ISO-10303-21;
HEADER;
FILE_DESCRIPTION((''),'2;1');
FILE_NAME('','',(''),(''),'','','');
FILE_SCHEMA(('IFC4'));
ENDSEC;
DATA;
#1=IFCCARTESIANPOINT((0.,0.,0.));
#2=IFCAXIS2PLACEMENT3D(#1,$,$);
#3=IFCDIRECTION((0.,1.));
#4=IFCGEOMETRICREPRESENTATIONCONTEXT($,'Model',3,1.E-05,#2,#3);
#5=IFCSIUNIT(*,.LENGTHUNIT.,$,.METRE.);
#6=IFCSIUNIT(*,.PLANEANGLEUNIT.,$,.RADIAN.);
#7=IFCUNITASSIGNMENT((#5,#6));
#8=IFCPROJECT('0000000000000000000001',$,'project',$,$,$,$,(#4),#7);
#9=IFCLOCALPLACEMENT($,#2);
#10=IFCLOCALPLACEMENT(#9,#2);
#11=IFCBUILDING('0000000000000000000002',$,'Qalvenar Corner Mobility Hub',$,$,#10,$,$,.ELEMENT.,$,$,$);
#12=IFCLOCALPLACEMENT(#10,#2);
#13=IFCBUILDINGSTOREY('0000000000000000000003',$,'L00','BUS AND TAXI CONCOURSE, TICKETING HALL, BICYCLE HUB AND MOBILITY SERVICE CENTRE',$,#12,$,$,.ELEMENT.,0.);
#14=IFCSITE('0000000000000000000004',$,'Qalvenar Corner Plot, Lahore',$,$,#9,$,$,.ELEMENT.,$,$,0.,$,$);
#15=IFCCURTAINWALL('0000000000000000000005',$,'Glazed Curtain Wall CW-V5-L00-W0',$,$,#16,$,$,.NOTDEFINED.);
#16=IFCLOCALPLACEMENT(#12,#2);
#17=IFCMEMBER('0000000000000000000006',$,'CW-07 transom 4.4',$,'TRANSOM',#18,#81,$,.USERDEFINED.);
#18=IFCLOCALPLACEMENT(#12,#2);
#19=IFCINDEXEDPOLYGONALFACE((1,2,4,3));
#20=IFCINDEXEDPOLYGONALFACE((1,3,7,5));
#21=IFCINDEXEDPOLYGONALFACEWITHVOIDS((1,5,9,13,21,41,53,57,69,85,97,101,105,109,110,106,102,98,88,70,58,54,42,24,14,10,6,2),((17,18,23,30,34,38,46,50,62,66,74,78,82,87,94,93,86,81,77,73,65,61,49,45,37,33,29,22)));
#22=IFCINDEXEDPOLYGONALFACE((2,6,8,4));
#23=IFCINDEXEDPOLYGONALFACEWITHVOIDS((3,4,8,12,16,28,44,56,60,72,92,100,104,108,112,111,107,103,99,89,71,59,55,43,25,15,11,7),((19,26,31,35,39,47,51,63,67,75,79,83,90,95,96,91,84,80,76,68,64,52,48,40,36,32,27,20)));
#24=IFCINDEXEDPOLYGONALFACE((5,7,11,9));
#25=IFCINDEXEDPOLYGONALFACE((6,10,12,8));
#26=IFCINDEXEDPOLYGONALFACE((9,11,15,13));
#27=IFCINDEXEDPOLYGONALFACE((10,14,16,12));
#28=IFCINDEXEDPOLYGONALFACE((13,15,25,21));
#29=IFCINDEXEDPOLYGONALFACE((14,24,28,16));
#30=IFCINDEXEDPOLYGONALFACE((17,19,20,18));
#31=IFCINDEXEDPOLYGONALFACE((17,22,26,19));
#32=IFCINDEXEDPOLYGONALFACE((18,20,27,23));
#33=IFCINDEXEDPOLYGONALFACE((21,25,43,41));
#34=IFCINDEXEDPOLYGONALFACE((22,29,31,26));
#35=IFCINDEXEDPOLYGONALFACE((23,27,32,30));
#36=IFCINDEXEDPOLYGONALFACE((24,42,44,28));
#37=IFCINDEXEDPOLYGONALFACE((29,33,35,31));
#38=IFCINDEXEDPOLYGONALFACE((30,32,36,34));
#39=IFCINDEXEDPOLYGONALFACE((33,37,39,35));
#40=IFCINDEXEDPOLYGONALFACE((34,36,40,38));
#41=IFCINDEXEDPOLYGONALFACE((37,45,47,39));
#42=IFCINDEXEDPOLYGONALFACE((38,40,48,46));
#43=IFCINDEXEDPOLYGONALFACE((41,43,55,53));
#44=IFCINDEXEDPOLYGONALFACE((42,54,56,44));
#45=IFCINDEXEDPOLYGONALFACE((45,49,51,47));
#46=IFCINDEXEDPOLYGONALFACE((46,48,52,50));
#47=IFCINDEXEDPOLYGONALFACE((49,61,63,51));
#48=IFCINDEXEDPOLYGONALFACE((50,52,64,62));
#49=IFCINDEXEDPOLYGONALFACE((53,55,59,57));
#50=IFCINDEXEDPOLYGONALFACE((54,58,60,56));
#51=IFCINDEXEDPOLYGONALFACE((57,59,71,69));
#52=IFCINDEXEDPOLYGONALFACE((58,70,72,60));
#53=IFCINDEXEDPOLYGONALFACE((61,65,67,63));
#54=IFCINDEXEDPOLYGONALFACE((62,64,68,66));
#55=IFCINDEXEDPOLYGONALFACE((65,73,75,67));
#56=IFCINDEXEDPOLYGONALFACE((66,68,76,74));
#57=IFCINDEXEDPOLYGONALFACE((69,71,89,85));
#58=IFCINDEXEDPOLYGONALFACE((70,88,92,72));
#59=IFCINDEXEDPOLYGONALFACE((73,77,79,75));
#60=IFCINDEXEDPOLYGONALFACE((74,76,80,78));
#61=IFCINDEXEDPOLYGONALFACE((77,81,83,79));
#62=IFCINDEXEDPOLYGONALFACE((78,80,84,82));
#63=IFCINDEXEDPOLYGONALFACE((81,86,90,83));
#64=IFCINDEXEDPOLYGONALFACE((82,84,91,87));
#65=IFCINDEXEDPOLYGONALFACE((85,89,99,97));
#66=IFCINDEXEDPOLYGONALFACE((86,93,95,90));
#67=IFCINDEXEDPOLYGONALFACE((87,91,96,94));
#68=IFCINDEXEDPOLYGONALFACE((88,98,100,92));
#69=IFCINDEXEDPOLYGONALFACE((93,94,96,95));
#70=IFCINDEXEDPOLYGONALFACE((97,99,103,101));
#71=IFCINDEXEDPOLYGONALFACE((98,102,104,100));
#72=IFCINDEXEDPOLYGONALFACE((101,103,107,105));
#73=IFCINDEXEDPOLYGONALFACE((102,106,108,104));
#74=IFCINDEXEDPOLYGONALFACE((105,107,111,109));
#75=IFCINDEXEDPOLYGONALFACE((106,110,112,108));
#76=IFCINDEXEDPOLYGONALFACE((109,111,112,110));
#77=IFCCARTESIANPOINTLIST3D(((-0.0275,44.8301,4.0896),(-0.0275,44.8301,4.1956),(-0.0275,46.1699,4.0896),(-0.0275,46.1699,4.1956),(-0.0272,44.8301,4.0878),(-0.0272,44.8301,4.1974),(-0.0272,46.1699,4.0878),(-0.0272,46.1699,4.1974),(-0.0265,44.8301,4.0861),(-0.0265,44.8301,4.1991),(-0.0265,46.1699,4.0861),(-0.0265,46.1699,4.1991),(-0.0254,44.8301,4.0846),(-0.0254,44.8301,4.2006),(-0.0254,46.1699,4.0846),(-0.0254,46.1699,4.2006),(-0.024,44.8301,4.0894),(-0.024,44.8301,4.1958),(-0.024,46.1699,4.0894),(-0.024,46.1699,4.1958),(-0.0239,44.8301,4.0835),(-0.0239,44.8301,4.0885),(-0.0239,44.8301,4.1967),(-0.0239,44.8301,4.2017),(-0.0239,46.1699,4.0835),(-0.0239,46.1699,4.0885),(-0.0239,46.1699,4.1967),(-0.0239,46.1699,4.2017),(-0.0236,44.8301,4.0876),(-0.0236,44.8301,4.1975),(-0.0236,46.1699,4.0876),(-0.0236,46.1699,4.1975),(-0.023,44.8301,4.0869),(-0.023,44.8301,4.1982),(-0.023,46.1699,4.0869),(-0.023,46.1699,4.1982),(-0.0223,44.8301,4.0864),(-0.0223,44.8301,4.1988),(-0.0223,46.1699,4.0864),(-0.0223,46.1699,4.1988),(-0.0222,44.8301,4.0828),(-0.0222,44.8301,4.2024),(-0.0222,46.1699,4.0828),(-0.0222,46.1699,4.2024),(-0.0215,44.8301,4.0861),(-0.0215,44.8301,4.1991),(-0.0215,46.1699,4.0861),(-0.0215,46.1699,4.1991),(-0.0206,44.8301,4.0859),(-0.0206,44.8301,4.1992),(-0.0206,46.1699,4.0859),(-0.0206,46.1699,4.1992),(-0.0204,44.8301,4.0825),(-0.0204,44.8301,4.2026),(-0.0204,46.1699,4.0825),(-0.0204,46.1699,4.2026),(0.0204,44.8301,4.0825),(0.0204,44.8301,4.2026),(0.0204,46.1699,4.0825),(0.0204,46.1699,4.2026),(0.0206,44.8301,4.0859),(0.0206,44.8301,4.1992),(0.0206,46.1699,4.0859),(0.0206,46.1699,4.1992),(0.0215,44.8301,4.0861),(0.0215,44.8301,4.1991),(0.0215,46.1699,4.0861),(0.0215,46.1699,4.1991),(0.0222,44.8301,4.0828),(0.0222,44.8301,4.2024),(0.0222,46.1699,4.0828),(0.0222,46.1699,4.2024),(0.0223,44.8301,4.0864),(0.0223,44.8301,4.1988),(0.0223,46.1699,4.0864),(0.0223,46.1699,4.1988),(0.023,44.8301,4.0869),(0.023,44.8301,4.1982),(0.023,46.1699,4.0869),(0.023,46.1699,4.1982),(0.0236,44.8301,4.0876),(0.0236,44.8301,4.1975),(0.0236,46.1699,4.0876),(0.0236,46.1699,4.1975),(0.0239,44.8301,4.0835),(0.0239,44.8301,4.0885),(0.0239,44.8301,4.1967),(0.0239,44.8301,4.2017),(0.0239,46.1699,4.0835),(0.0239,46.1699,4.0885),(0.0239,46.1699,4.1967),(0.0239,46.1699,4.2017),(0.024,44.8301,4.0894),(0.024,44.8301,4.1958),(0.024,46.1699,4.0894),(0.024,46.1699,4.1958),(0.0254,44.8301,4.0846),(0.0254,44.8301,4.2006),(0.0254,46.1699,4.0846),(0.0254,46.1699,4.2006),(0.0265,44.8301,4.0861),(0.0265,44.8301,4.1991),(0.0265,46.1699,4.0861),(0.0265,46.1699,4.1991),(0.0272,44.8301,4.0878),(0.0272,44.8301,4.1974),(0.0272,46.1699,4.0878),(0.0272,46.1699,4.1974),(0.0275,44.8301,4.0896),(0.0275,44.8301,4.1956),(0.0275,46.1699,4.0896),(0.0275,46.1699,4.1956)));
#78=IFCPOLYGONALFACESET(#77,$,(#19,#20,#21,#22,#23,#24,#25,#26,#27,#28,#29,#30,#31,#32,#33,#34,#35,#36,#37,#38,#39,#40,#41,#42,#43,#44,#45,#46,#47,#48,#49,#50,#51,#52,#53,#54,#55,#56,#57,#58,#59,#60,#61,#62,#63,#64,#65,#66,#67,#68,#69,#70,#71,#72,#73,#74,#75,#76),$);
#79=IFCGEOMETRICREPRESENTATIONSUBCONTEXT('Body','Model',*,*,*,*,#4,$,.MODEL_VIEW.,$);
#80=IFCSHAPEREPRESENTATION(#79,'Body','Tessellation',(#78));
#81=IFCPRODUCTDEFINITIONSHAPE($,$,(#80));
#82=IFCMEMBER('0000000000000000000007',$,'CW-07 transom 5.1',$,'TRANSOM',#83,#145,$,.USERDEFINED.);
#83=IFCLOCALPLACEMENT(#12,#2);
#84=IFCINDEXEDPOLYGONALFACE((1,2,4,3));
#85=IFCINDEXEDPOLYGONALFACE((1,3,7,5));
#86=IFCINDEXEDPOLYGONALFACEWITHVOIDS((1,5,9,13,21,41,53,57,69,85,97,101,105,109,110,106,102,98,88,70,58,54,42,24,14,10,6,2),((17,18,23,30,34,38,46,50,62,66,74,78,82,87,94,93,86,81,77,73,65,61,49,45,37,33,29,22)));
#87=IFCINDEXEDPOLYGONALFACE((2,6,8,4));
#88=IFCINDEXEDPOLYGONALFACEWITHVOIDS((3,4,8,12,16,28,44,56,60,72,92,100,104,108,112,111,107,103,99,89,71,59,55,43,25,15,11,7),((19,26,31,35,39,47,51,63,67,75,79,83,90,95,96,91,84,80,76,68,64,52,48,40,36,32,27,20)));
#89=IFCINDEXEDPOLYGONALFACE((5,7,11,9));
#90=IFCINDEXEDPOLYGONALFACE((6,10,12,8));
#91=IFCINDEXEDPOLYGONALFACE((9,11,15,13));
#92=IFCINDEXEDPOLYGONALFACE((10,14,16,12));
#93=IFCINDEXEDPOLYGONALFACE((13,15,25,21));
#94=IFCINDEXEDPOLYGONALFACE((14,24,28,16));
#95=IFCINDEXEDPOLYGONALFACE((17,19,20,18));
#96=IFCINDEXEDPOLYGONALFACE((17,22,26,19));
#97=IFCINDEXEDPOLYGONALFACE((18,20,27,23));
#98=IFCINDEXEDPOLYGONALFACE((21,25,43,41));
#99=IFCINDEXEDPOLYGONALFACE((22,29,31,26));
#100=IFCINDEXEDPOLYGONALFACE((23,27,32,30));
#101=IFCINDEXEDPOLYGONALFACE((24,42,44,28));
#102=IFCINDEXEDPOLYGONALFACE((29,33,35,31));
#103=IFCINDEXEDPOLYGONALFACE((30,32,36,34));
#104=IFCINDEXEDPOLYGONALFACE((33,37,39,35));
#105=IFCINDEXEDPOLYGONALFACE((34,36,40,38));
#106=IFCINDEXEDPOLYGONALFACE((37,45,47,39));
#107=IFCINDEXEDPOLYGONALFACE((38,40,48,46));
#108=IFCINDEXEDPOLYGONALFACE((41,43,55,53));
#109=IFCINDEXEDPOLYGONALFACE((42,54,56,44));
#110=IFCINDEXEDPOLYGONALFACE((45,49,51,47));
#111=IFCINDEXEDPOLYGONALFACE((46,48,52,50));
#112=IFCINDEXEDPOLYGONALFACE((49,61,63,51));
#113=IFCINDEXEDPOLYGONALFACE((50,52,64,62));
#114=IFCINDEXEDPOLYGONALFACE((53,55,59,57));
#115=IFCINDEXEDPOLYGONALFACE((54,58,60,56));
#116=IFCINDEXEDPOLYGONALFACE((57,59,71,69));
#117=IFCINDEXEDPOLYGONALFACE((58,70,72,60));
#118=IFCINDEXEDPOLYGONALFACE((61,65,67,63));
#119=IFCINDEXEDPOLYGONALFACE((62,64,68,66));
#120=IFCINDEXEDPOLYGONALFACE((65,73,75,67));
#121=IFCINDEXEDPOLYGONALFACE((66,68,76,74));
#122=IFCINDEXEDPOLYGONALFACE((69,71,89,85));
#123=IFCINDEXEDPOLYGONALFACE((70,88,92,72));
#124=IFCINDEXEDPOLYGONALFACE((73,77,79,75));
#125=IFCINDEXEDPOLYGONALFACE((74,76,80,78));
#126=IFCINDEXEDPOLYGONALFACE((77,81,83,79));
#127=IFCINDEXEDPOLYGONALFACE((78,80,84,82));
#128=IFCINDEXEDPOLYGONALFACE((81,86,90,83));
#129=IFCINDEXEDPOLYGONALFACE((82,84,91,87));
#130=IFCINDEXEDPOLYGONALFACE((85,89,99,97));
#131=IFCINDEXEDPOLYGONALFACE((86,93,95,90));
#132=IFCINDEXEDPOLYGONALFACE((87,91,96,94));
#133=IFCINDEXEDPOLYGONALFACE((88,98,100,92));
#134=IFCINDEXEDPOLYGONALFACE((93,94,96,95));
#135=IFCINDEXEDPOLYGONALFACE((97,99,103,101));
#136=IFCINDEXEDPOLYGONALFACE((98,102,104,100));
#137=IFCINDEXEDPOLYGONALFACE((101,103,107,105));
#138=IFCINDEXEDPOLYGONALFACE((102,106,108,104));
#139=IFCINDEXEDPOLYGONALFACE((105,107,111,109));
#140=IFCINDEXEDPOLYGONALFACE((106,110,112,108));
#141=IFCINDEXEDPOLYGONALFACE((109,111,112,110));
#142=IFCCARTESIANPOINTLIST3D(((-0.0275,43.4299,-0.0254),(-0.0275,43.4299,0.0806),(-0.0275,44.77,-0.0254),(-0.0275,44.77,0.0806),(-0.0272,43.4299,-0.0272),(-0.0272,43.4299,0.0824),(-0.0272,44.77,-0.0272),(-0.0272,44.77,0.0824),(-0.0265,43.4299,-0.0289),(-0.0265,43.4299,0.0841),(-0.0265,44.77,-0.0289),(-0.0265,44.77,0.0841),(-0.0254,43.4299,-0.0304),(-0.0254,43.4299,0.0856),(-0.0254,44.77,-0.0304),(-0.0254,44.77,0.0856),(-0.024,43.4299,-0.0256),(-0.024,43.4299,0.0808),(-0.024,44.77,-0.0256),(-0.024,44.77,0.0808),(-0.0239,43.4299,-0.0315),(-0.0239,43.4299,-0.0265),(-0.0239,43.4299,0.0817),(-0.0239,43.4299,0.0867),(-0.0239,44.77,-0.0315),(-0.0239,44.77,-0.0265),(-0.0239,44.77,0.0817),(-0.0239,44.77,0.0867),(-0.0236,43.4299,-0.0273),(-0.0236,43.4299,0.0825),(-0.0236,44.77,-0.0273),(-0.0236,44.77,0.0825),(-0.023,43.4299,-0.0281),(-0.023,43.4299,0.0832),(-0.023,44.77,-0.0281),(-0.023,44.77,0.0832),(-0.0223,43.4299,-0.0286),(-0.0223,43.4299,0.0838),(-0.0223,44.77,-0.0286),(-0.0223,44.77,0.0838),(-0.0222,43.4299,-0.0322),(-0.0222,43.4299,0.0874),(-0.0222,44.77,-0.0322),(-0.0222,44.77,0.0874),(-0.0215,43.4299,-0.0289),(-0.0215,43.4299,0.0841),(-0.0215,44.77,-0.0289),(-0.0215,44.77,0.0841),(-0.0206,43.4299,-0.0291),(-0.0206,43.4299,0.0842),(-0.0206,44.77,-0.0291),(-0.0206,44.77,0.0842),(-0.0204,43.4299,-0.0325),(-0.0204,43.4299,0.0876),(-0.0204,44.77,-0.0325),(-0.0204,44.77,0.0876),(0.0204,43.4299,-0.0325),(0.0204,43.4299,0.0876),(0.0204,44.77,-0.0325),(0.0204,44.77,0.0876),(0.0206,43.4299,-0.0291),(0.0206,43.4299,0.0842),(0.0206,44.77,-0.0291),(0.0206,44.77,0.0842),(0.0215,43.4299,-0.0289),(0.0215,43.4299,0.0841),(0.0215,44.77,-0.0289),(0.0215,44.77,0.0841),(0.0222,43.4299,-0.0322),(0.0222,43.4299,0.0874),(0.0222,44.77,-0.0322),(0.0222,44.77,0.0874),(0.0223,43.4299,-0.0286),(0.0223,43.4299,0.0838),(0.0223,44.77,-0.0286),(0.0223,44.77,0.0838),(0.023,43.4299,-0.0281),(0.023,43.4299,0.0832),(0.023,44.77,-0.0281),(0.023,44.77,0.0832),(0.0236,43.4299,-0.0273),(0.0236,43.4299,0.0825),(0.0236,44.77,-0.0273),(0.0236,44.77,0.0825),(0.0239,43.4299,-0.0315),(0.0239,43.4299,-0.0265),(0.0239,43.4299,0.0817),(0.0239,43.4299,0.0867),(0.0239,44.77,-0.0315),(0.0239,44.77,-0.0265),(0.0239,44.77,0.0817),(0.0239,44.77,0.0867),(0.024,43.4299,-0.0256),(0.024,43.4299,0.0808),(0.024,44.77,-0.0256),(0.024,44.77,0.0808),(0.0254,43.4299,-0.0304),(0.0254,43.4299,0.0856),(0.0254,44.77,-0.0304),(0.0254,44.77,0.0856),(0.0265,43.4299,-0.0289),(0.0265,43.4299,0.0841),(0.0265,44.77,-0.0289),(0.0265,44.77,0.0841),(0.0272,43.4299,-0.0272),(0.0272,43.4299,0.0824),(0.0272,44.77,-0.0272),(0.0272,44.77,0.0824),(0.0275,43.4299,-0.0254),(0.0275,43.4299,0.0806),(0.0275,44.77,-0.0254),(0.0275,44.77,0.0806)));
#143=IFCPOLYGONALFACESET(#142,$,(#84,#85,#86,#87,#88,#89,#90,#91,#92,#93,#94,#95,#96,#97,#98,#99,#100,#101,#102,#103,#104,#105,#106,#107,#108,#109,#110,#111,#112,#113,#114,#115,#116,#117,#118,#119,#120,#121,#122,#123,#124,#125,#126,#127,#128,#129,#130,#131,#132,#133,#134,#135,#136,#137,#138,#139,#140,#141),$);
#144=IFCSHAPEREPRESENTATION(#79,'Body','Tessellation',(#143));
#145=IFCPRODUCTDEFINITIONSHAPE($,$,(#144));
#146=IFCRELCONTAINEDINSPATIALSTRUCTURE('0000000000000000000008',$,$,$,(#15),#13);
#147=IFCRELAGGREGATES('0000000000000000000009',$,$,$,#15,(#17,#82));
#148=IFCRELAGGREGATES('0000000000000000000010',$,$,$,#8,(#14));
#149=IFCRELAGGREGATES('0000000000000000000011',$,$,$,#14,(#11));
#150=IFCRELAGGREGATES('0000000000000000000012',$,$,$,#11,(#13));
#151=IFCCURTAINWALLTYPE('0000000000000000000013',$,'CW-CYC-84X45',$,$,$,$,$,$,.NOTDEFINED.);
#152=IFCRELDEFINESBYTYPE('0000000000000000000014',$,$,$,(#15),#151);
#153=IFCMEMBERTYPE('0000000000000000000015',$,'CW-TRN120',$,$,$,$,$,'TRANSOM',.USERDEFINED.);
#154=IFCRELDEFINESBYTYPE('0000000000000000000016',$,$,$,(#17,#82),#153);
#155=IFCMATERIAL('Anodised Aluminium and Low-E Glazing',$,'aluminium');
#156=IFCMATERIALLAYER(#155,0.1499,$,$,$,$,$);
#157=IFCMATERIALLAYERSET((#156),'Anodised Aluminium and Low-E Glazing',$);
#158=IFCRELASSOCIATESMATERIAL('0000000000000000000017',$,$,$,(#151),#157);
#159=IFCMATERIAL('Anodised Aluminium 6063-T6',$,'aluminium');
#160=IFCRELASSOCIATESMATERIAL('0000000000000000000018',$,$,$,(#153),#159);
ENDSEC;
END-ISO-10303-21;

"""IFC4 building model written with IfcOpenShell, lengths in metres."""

from ifc_helpers import new_model, si_unit, direction, frame, origin, origin_2d, place, context, subcontext, project, spatial, hollow_rectangle, extrude, material, layer, layer_set, material_profile, profile_set, type_object, element, aggregate, save


model = new_model("IFC4")

# Units and contexts
model_context = context("Model", 3, precision=1e-05, world=origin(), true_north=direction((0.0, 1.0)))
body_context = subcontext(model_context, "Body", "Model", "MODEL_VIEW")
ifc_project = project(units=[si_unit("LENGTHUNIT", "METRE"), si_unit("PLANEANGLEUNIT", "RADIAN")], contexts=[model_context])

# Site, building, storey
site_placement = place(None, origin())
site = spatial("IfcSite", under=ifc_project, at=site_placement, Name="Qalvenar Corner Plot, Lahore", CompositionType="ELEMENT", RefElevation=0.0)
building_placement = place(site_placement, origin())
building = spatial("IfcBuilding", under=site, at=building_placement, Name="Qalvenar Corner Mobility Hub", CompositionType="ELEMENT")
storey_placement = place(building_placement, origin())
storey = spatial("IfcBuildingStorey", under=building, at=storey_placement, Name="L00", Description="BUS AND TAXI CONCOURSE, TICKETING HALL, BICYCLE HUB AND MOBILITY SERVICE CENTRE", CompositionType="ELEMENT", Elevation=0.0)

# Curtain wall, members
ifc_material_1 = material(Name="Anodised Aluminium and Low-E Glazing", Category="aluminium")
ifc_layer_1 = layer(ifc_material_1, 0.1499)
ifc_layer_set_1 = layer_set([ifc_layer_1], Name="Anodised Aluminium and Low-E Glazing")
curtain_wall_type = type_object("IfcCurtainWallType", Name="CW-CYC-84X45", PredefinedType="NOTDEFINED", material=ifc_layer_set_1)
curtain_wall_placement = place(storey_placement, origin())
curtain_wall = element("IfcCurtainWall", 1, at=curtain_wall_placement, inside=storey, type_object=curtain_wall_type, Name="Glazed Curtain Wall CW-V5-L00-W0", PredefinedType="NOTDEFINED")
ifc_material_2 = material(Name="Anodised Aluminium 6063-T6", Category="aluminium")
ifc_material_profile_1 = material_profile(ifc_material_2, hollow_rectangle(XDim=0.0549, YDim=0.1201, WallThickness=0.0034, InnerFilletRadius=0.0034, OuterFilletRadius=0.0071, at=origin_2d()), Name="RHS120x55x3.5")
ifc_profile_set_1 = profile_set([ifc_material_profile_1], Name="Anodised Aluminium 6063-T6")
member_type_1 = type_object("IfcMemberType", Name="CW-TRN120", ElementType="TRANSOM", PredefinedType="USERDEFINED", material=ifc_profile_set_1)
member_1_placement = place(storey_placement, frame((0.0, 46.1699, 4.1426), z_axis=(0.0, -1.0, 0.0), x_axis=(1.0, 0.0, 0.0)))
member_1 = element("IfcMember", 2, at=member_1_placement, type_object=member_type_1, Name="CW-07 transom 4.4", ObjectType="TRANSOM", PredefinedType="USERDEFINED", context=body_context, shape_type="SweptSolid", body=[
    extrude(hollow_rectangle(XDim=0.0549, YDim=0.1201, WallThickness=0.0034, InnerFilletRadius=0.0034, OuterFilletRadius=0.0071, at=origin_2d()), origin(), (0.0, 0.0, 1.0), 1.3398),
])
member_2_placement = place(storey_placement, frame((0.0, 44.77, 0.0276), z_axis=(0.0, -1.0, 0.0), x_axis=(1.0, 0.0, 0.0)))
member_2 = element("IfcMember", 3, at=member_2_placement, type_object=member_type_1, Name="CW-07 transom 5.1", ObjectType="TRANSOM", PredefinedType="USERDEFINED", context=body_context, shape_type="SweptSolid", body=[
    extrude(hollow_rectangle(XDim=0.0549, YDim=0.1201, WallThickness=0.0034, InnerFilletRadius=0.0034, OuterFilletRadius=0.0071, at=origin_2d()), origin(), (0.0, 0.0, 1.0), 1.3401),
])
aggregate(curtain_wall, [member_1, member_2])

save(model, "model.ifc")
